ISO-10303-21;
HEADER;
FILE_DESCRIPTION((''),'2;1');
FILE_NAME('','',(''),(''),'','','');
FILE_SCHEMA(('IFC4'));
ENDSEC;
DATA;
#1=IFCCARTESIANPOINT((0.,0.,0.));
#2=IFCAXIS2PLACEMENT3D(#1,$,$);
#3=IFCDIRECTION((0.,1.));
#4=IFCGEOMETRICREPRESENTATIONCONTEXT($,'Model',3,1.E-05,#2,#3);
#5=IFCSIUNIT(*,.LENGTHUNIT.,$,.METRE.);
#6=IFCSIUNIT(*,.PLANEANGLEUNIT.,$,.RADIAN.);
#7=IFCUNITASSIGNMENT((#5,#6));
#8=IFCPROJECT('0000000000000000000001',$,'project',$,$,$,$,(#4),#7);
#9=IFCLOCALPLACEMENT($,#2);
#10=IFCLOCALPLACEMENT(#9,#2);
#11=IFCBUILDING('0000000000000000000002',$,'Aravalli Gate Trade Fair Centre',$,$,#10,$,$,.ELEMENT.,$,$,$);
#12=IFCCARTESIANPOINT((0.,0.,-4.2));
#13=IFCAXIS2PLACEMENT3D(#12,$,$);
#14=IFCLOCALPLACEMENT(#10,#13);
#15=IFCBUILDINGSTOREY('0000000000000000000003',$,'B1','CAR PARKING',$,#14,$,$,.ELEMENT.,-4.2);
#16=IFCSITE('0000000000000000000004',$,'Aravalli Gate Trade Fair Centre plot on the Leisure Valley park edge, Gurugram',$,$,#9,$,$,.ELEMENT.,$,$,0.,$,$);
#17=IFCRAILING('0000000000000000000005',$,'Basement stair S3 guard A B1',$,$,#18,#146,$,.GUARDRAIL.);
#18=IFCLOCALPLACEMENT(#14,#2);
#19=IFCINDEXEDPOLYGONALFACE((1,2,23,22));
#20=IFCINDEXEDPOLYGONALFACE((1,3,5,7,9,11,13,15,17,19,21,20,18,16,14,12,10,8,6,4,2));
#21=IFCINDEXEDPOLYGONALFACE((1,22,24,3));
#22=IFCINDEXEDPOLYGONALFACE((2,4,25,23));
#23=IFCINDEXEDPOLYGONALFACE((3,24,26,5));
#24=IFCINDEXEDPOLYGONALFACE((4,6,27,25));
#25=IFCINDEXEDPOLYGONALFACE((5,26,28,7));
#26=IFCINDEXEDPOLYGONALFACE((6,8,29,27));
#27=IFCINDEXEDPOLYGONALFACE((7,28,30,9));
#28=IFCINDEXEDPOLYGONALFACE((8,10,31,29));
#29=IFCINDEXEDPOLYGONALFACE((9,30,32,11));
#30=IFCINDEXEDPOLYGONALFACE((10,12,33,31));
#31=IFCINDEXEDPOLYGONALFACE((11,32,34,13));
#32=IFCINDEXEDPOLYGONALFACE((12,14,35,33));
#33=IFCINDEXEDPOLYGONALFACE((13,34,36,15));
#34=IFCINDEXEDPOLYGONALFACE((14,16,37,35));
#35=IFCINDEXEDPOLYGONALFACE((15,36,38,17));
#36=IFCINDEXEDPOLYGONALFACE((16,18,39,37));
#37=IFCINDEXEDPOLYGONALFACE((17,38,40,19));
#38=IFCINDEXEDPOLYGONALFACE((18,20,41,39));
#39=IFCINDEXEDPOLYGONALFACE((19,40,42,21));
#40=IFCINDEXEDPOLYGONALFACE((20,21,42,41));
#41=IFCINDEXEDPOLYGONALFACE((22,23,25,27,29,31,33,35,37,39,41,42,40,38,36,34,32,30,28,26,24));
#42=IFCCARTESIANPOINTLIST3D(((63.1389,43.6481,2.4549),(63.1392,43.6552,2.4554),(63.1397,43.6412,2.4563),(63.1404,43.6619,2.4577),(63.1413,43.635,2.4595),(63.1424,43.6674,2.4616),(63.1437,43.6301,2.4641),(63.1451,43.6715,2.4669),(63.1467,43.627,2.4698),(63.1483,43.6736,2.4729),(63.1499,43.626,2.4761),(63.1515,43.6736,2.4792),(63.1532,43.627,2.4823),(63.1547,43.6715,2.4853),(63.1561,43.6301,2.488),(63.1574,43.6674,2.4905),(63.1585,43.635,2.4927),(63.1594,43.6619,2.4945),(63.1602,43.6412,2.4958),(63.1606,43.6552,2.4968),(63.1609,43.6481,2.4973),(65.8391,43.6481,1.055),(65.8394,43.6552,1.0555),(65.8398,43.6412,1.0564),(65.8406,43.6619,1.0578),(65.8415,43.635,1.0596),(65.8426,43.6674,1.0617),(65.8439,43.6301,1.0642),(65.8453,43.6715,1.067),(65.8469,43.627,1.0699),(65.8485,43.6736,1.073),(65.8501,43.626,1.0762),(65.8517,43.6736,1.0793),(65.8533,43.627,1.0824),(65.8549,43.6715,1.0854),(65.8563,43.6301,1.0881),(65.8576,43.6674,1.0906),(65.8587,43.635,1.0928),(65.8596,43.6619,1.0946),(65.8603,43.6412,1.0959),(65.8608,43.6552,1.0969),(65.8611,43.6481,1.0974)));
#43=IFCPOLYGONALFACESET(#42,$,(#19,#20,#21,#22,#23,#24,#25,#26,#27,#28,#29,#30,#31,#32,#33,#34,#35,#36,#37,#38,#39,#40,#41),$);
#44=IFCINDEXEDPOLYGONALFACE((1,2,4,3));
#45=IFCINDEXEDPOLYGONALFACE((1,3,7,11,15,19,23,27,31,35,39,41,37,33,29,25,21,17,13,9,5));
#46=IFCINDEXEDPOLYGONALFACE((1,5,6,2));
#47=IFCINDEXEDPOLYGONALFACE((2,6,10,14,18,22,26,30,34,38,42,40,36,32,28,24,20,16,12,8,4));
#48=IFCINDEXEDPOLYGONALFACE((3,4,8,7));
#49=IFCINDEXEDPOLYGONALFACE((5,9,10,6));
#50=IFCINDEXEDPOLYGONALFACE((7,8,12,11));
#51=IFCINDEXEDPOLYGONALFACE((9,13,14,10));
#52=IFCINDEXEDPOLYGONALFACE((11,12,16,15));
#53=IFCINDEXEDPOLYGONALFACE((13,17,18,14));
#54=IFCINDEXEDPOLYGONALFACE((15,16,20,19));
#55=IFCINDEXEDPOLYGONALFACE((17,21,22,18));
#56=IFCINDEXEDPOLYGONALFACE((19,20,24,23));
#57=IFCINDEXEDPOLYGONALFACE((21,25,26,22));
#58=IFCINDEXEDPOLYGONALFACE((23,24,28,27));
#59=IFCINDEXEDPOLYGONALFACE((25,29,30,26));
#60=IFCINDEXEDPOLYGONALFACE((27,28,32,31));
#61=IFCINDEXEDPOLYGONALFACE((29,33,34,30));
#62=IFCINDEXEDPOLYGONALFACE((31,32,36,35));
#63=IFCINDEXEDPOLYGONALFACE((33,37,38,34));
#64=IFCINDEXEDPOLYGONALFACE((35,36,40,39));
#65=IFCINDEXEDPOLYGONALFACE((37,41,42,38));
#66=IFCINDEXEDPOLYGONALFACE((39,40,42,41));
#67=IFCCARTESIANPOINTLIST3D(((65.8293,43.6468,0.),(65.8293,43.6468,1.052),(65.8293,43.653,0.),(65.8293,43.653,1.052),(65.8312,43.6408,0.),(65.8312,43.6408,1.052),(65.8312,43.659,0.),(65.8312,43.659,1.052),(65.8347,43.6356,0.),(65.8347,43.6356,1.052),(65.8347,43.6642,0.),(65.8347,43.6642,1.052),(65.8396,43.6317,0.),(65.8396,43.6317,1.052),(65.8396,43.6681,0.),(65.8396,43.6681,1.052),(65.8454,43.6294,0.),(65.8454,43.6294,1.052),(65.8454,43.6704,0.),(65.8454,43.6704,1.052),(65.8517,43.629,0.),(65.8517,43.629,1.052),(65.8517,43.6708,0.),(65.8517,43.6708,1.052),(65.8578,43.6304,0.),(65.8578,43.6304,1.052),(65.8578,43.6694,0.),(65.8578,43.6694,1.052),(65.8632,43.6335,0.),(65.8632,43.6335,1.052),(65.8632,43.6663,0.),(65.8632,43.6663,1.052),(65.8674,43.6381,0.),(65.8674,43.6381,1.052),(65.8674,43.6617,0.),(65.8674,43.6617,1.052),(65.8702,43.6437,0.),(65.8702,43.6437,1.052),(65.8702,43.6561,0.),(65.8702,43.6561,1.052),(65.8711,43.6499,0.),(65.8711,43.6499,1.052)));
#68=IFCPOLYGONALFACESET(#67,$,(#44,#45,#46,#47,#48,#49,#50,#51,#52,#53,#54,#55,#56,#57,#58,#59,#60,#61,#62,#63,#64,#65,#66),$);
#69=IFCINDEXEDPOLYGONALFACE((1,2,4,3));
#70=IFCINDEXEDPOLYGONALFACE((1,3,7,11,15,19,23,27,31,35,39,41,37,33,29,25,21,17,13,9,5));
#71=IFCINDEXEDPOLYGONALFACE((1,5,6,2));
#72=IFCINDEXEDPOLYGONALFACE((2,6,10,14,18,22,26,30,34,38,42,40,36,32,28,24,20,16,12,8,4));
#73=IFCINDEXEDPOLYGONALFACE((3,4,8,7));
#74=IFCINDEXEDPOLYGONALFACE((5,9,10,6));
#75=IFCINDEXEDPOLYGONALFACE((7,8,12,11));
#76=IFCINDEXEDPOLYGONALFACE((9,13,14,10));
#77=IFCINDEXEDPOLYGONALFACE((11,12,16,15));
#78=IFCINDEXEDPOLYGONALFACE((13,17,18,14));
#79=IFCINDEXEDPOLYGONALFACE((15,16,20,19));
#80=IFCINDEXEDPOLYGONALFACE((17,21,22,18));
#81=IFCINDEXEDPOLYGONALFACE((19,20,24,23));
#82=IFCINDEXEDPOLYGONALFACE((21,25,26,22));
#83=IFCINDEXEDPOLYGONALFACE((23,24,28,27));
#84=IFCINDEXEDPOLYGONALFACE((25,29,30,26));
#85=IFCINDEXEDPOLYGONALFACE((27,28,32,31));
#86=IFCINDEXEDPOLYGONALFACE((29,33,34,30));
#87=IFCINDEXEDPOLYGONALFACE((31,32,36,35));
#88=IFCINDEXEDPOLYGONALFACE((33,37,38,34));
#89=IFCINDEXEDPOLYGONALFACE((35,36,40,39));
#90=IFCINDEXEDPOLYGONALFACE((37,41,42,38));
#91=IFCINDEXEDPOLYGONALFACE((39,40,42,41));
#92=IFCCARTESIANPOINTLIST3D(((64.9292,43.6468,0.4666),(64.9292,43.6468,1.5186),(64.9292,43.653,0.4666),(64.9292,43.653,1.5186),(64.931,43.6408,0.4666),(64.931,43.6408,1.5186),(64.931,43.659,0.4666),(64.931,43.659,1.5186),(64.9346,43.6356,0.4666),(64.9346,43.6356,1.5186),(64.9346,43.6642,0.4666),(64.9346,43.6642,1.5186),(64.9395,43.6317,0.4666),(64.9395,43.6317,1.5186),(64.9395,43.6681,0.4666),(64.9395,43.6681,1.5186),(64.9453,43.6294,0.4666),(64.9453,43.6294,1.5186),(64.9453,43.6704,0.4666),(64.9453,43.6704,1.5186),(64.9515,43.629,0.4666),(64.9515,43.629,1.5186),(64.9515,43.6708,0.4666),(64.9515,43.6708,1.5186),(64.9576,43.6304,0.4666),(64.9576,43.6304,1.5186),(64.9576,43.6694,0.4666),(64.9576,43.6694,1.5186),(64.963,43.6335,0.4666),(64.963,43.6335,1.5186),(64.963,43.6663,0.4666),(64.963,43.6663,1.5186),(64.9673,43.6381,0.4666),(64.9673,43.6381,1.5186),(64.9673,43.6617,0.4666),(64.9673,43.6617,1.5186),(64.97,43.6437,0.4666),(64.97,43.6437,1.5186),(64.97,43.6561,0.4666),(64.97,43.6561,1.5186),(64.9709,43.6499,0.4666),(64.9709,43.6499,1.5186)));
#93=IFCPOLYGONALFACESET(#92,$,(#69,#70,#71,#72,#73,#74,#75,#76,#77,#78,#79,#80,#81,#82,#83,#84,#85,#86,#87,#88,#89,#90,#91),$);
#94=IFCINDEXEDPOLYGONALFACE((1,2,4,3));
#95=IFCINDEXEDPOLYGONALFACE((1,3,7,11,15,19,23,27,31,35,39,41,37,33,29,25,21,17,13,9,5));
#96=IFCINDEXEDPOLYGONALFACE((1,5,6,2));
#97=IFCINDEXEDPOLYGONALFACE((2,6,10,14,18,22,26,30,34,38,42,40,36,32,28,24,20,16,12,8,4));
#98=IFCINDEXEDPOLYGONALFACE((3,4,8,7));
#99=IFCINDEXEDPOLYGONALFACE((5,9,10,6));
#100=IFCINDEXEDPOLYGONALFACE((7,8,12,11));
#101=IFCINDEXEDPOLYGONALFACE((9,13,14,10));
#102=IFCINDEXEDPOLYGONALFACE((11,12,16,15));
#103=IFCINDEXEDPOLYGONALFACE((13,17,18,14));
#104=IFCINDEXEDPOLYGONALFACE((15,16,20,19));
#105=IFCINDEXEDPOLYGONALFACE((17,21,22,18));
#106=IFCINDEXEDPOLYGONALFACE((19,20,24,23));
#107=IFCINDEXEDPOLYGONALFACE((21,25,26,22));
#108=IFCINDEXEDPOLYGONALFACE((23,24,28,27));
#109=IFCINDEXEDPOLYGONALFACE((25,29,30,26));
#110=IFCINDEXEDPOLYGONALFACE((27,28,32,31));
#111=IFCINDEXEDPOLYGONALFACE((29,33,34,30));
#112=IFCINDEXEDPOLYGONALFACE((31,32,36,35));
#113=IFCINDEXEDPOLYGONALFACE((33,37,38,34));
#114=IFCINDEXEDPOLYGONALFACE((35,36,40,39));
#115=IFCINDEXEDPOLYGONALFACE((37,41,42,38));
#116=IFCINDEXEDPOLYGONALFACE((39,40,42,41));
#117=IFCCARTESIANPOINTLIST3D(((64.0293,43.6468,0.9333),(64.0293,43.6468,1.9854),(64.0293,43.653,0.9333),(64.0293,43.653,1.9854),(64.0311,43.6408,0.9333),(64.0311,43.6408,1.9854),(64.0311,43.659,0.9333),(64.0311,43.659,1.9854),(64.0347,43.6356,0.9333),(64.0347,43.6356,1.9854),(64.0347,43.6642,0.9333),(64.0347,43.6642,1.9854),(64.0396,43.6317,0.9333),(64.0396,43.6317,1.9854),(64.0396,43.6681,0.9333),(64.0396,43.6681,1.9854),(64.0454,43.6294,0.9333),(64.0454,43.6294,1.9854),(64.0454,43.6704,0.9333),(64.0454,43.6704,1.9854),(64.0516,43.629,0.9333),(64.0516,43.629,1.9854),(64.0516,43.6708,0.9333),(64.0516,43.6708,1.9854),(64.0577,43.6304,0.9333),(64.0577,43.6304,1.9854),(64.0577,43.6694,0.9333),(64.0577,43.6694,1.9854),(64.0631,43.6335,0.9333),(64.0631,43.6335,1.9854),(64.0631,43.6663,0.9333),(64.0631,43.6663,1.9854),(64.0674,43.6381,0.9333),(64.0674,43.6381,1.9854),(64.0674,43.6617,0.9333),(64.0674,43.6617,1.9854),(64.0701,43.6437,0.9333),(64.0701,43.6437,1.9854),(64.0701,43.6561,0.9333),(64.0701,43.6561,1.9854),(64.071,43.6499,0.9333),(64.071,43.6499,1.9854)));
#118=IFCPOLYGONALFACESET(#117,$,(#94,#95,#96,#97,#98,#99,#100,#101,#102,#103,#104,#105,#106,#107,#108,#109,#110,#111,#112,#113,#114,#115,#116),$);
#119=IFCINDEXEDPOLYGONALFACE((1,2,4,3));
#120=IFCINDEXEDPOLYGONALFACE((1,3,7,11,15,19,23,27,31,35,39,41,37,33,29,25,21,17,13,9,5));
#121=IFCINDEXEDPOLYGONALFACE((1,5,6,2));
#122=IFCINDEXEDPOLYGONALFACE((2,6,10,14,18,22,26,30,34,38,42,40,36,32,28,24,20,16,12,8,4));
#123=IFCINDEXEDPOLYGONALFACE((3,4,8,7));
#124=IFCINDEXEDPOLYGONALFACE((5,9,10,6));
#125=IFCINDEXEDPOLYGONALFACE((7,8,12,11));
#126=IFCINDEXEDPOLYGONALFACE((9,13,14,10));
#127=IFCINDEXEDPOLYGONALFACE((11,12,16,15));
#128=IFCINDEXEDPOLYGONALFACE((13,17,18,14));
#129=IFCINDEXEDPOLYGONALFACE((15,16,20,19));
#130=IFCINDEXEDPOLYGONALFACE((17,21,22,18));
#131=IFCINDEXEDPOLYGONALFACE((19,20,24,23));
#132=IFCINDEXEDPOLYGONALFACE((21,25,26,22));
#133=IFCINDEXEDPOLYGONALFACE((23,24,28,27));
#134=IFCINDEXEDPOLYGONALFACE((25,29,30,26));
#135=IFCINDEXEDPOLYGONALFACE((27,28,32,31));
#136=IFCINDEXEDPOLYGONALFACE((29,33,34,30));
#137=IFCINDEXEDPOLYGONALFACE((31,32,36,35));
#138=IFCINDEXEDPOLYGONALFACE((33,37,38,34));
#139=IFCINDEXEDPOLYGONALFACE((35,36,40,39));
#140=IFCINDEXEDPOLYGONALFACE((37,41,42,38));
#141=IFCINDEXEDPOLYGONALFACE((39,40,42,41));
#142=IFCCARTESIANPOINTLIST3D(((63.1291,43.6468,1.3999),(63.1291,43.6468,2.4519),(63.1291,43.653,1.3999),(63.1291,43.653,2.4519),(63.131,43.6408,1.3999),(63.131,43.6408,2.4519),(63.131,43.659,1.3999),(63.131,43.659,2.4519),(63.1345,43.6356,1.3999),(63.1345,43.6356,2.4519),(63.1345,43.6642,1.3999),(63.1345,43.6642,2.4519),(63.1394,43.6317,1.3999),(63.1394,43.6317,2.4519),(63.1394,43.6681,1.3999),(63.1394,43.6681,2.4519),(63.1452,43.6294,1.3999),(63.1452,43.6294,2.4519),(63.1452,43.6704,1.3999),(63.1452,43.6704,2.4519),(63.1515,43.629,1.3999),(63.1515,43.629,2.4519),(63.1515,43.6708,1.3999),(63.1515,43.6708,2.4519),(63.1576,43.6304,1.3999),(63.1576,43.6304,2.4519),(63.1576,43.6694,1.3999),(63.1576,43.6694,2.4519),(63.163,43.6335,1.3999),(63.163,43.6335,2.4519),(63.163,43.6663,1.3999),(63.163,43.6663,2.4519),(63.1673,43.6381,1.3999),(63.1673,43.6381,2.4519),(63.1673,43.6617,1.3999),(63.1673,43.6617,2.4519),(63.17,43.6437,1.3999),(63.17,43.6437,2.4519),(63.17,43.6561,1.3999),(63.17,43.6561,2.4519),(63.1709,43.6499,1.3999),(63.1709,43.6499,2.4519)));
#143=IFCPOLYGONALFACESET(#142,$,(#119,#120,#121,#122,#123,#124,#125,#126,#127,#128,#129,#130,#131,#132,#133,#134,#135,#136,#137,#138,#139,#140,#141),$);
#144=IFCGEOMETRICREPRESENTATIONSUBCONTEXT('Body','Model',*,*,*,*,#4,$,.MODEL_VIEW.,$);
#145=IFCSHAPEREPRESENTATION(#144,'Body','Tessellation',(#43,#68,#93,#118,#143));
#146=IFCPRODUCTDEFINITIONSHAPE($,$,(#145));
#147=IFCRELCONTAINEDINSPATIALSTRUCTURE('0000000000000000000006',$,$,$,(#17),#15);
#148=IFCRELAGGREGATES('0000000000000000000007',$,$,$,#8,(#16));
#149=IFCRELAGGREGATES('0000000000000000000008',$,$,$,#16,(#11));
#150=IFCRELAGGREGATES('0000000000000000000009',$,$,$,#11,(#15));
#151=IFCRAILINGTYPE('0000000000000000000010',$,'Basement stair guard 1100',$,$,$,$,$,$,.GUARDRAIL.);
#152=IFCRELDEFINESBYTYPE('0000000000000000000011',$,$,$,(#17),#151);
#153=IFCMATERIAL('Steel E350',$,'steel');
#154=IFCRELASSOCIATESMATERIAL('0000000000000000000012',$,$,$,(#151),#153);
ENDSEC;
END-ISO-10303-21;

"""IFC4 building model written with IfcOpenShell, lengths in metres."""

from ifc_helpers import new_model, si_unit, direction, frame, origin, origin_2d, place, context, subcontext, project, spatial, circle, extrude, material, type_object, element, save


model = new_model("IFC4")

# Units and contexts
model_context = context("Model", 3, precision=1e-05, world=origin(), true_north=direction((0.0, 1.0)))
body_context = subcontext(model_context, "Body", "Model", "MODEL_VIEW")
ifc_project = project(units=[si_unit("LENGTHUNIT", "METRE"), si_unit("PLANEANGLEUNIT", "RADIAN")], contexts=[model_context])

# Site, building, storey
site_placement = place(None, origin())
site = spatial("IfcSite", under=ifc_project, at=site_placement, Name="Aravalli Gate Trade Fair Centre plot on the Leisure Valley park edge, Gurugram", CompositionType="ELEMENT", RefElevation=0.0)
building_placement = place(site_placement, origin())
building = spatial("IfcBuilding", under=site, at=building_placement, Name="Aravalli Gate Trade Fair Centre", CompositionType="ELEMENT")
storey_placement = place(building_placement, frame((0.0, 0.0, -4.2)))
storey = spatial("IfcBuildingStorey", under=building, at=storey_placement, Name="B1", Description="CAR PARKING", CompositionType="ELEMENT", Elevation=-4.2)

# Railing
ifc_material_1 = material(Name="Steel E350", Category="steel")
railing_type = type_object("IfcRailingType", Name="Basement stair guard 1100", PredefinedType="GUARDRAIL", material=ifc_material_1)
railing_1_placement = place(storey_placement, frame((65.8501, 43.6499, 0.0)))
element("IfcRailing", 1, at=railing_1_placement, inside=storey, type_object=railing_type, Name="Basement stair S3 guard A B1", PredefinedType="GUARDRAIL", context=body_context, shape_type="SweptSolid", body=[
    extrude(circle(Radius=0.0239, at=origin_2d()), frame((0.0, 0.0, 1.0762), z_axis=(-0.887781, 0.0, 0.460266), x_axis=(0.0, -1.0, 0.0)), (0.0, 0.0, 1.0), 3.0415),
    extrude(circle(Radius=0.021, at=origin_2d()), origin(), (0.0, 0.0, 1.0), 1.052),
    extrude(circle(Radius=0.021, at=origin_2d()), frame((-0.9001, 0.0, 0.4666)), (0.0, 0.0, 1.0), 1.052),
    extrude(circle(Radius=0.021, at=origin_2d()), frame((-1.8, 0.0, 0.9333)), (0.0, 0.0, 1.0), 1.052),
    extrude(circle(Radius=0.021, at=origin_2d()), frame((-2.7002, 0.0, 1.3999)), (0.0, 0.0, 1.0), 1.052),
])

save(model, "model.ifc")
